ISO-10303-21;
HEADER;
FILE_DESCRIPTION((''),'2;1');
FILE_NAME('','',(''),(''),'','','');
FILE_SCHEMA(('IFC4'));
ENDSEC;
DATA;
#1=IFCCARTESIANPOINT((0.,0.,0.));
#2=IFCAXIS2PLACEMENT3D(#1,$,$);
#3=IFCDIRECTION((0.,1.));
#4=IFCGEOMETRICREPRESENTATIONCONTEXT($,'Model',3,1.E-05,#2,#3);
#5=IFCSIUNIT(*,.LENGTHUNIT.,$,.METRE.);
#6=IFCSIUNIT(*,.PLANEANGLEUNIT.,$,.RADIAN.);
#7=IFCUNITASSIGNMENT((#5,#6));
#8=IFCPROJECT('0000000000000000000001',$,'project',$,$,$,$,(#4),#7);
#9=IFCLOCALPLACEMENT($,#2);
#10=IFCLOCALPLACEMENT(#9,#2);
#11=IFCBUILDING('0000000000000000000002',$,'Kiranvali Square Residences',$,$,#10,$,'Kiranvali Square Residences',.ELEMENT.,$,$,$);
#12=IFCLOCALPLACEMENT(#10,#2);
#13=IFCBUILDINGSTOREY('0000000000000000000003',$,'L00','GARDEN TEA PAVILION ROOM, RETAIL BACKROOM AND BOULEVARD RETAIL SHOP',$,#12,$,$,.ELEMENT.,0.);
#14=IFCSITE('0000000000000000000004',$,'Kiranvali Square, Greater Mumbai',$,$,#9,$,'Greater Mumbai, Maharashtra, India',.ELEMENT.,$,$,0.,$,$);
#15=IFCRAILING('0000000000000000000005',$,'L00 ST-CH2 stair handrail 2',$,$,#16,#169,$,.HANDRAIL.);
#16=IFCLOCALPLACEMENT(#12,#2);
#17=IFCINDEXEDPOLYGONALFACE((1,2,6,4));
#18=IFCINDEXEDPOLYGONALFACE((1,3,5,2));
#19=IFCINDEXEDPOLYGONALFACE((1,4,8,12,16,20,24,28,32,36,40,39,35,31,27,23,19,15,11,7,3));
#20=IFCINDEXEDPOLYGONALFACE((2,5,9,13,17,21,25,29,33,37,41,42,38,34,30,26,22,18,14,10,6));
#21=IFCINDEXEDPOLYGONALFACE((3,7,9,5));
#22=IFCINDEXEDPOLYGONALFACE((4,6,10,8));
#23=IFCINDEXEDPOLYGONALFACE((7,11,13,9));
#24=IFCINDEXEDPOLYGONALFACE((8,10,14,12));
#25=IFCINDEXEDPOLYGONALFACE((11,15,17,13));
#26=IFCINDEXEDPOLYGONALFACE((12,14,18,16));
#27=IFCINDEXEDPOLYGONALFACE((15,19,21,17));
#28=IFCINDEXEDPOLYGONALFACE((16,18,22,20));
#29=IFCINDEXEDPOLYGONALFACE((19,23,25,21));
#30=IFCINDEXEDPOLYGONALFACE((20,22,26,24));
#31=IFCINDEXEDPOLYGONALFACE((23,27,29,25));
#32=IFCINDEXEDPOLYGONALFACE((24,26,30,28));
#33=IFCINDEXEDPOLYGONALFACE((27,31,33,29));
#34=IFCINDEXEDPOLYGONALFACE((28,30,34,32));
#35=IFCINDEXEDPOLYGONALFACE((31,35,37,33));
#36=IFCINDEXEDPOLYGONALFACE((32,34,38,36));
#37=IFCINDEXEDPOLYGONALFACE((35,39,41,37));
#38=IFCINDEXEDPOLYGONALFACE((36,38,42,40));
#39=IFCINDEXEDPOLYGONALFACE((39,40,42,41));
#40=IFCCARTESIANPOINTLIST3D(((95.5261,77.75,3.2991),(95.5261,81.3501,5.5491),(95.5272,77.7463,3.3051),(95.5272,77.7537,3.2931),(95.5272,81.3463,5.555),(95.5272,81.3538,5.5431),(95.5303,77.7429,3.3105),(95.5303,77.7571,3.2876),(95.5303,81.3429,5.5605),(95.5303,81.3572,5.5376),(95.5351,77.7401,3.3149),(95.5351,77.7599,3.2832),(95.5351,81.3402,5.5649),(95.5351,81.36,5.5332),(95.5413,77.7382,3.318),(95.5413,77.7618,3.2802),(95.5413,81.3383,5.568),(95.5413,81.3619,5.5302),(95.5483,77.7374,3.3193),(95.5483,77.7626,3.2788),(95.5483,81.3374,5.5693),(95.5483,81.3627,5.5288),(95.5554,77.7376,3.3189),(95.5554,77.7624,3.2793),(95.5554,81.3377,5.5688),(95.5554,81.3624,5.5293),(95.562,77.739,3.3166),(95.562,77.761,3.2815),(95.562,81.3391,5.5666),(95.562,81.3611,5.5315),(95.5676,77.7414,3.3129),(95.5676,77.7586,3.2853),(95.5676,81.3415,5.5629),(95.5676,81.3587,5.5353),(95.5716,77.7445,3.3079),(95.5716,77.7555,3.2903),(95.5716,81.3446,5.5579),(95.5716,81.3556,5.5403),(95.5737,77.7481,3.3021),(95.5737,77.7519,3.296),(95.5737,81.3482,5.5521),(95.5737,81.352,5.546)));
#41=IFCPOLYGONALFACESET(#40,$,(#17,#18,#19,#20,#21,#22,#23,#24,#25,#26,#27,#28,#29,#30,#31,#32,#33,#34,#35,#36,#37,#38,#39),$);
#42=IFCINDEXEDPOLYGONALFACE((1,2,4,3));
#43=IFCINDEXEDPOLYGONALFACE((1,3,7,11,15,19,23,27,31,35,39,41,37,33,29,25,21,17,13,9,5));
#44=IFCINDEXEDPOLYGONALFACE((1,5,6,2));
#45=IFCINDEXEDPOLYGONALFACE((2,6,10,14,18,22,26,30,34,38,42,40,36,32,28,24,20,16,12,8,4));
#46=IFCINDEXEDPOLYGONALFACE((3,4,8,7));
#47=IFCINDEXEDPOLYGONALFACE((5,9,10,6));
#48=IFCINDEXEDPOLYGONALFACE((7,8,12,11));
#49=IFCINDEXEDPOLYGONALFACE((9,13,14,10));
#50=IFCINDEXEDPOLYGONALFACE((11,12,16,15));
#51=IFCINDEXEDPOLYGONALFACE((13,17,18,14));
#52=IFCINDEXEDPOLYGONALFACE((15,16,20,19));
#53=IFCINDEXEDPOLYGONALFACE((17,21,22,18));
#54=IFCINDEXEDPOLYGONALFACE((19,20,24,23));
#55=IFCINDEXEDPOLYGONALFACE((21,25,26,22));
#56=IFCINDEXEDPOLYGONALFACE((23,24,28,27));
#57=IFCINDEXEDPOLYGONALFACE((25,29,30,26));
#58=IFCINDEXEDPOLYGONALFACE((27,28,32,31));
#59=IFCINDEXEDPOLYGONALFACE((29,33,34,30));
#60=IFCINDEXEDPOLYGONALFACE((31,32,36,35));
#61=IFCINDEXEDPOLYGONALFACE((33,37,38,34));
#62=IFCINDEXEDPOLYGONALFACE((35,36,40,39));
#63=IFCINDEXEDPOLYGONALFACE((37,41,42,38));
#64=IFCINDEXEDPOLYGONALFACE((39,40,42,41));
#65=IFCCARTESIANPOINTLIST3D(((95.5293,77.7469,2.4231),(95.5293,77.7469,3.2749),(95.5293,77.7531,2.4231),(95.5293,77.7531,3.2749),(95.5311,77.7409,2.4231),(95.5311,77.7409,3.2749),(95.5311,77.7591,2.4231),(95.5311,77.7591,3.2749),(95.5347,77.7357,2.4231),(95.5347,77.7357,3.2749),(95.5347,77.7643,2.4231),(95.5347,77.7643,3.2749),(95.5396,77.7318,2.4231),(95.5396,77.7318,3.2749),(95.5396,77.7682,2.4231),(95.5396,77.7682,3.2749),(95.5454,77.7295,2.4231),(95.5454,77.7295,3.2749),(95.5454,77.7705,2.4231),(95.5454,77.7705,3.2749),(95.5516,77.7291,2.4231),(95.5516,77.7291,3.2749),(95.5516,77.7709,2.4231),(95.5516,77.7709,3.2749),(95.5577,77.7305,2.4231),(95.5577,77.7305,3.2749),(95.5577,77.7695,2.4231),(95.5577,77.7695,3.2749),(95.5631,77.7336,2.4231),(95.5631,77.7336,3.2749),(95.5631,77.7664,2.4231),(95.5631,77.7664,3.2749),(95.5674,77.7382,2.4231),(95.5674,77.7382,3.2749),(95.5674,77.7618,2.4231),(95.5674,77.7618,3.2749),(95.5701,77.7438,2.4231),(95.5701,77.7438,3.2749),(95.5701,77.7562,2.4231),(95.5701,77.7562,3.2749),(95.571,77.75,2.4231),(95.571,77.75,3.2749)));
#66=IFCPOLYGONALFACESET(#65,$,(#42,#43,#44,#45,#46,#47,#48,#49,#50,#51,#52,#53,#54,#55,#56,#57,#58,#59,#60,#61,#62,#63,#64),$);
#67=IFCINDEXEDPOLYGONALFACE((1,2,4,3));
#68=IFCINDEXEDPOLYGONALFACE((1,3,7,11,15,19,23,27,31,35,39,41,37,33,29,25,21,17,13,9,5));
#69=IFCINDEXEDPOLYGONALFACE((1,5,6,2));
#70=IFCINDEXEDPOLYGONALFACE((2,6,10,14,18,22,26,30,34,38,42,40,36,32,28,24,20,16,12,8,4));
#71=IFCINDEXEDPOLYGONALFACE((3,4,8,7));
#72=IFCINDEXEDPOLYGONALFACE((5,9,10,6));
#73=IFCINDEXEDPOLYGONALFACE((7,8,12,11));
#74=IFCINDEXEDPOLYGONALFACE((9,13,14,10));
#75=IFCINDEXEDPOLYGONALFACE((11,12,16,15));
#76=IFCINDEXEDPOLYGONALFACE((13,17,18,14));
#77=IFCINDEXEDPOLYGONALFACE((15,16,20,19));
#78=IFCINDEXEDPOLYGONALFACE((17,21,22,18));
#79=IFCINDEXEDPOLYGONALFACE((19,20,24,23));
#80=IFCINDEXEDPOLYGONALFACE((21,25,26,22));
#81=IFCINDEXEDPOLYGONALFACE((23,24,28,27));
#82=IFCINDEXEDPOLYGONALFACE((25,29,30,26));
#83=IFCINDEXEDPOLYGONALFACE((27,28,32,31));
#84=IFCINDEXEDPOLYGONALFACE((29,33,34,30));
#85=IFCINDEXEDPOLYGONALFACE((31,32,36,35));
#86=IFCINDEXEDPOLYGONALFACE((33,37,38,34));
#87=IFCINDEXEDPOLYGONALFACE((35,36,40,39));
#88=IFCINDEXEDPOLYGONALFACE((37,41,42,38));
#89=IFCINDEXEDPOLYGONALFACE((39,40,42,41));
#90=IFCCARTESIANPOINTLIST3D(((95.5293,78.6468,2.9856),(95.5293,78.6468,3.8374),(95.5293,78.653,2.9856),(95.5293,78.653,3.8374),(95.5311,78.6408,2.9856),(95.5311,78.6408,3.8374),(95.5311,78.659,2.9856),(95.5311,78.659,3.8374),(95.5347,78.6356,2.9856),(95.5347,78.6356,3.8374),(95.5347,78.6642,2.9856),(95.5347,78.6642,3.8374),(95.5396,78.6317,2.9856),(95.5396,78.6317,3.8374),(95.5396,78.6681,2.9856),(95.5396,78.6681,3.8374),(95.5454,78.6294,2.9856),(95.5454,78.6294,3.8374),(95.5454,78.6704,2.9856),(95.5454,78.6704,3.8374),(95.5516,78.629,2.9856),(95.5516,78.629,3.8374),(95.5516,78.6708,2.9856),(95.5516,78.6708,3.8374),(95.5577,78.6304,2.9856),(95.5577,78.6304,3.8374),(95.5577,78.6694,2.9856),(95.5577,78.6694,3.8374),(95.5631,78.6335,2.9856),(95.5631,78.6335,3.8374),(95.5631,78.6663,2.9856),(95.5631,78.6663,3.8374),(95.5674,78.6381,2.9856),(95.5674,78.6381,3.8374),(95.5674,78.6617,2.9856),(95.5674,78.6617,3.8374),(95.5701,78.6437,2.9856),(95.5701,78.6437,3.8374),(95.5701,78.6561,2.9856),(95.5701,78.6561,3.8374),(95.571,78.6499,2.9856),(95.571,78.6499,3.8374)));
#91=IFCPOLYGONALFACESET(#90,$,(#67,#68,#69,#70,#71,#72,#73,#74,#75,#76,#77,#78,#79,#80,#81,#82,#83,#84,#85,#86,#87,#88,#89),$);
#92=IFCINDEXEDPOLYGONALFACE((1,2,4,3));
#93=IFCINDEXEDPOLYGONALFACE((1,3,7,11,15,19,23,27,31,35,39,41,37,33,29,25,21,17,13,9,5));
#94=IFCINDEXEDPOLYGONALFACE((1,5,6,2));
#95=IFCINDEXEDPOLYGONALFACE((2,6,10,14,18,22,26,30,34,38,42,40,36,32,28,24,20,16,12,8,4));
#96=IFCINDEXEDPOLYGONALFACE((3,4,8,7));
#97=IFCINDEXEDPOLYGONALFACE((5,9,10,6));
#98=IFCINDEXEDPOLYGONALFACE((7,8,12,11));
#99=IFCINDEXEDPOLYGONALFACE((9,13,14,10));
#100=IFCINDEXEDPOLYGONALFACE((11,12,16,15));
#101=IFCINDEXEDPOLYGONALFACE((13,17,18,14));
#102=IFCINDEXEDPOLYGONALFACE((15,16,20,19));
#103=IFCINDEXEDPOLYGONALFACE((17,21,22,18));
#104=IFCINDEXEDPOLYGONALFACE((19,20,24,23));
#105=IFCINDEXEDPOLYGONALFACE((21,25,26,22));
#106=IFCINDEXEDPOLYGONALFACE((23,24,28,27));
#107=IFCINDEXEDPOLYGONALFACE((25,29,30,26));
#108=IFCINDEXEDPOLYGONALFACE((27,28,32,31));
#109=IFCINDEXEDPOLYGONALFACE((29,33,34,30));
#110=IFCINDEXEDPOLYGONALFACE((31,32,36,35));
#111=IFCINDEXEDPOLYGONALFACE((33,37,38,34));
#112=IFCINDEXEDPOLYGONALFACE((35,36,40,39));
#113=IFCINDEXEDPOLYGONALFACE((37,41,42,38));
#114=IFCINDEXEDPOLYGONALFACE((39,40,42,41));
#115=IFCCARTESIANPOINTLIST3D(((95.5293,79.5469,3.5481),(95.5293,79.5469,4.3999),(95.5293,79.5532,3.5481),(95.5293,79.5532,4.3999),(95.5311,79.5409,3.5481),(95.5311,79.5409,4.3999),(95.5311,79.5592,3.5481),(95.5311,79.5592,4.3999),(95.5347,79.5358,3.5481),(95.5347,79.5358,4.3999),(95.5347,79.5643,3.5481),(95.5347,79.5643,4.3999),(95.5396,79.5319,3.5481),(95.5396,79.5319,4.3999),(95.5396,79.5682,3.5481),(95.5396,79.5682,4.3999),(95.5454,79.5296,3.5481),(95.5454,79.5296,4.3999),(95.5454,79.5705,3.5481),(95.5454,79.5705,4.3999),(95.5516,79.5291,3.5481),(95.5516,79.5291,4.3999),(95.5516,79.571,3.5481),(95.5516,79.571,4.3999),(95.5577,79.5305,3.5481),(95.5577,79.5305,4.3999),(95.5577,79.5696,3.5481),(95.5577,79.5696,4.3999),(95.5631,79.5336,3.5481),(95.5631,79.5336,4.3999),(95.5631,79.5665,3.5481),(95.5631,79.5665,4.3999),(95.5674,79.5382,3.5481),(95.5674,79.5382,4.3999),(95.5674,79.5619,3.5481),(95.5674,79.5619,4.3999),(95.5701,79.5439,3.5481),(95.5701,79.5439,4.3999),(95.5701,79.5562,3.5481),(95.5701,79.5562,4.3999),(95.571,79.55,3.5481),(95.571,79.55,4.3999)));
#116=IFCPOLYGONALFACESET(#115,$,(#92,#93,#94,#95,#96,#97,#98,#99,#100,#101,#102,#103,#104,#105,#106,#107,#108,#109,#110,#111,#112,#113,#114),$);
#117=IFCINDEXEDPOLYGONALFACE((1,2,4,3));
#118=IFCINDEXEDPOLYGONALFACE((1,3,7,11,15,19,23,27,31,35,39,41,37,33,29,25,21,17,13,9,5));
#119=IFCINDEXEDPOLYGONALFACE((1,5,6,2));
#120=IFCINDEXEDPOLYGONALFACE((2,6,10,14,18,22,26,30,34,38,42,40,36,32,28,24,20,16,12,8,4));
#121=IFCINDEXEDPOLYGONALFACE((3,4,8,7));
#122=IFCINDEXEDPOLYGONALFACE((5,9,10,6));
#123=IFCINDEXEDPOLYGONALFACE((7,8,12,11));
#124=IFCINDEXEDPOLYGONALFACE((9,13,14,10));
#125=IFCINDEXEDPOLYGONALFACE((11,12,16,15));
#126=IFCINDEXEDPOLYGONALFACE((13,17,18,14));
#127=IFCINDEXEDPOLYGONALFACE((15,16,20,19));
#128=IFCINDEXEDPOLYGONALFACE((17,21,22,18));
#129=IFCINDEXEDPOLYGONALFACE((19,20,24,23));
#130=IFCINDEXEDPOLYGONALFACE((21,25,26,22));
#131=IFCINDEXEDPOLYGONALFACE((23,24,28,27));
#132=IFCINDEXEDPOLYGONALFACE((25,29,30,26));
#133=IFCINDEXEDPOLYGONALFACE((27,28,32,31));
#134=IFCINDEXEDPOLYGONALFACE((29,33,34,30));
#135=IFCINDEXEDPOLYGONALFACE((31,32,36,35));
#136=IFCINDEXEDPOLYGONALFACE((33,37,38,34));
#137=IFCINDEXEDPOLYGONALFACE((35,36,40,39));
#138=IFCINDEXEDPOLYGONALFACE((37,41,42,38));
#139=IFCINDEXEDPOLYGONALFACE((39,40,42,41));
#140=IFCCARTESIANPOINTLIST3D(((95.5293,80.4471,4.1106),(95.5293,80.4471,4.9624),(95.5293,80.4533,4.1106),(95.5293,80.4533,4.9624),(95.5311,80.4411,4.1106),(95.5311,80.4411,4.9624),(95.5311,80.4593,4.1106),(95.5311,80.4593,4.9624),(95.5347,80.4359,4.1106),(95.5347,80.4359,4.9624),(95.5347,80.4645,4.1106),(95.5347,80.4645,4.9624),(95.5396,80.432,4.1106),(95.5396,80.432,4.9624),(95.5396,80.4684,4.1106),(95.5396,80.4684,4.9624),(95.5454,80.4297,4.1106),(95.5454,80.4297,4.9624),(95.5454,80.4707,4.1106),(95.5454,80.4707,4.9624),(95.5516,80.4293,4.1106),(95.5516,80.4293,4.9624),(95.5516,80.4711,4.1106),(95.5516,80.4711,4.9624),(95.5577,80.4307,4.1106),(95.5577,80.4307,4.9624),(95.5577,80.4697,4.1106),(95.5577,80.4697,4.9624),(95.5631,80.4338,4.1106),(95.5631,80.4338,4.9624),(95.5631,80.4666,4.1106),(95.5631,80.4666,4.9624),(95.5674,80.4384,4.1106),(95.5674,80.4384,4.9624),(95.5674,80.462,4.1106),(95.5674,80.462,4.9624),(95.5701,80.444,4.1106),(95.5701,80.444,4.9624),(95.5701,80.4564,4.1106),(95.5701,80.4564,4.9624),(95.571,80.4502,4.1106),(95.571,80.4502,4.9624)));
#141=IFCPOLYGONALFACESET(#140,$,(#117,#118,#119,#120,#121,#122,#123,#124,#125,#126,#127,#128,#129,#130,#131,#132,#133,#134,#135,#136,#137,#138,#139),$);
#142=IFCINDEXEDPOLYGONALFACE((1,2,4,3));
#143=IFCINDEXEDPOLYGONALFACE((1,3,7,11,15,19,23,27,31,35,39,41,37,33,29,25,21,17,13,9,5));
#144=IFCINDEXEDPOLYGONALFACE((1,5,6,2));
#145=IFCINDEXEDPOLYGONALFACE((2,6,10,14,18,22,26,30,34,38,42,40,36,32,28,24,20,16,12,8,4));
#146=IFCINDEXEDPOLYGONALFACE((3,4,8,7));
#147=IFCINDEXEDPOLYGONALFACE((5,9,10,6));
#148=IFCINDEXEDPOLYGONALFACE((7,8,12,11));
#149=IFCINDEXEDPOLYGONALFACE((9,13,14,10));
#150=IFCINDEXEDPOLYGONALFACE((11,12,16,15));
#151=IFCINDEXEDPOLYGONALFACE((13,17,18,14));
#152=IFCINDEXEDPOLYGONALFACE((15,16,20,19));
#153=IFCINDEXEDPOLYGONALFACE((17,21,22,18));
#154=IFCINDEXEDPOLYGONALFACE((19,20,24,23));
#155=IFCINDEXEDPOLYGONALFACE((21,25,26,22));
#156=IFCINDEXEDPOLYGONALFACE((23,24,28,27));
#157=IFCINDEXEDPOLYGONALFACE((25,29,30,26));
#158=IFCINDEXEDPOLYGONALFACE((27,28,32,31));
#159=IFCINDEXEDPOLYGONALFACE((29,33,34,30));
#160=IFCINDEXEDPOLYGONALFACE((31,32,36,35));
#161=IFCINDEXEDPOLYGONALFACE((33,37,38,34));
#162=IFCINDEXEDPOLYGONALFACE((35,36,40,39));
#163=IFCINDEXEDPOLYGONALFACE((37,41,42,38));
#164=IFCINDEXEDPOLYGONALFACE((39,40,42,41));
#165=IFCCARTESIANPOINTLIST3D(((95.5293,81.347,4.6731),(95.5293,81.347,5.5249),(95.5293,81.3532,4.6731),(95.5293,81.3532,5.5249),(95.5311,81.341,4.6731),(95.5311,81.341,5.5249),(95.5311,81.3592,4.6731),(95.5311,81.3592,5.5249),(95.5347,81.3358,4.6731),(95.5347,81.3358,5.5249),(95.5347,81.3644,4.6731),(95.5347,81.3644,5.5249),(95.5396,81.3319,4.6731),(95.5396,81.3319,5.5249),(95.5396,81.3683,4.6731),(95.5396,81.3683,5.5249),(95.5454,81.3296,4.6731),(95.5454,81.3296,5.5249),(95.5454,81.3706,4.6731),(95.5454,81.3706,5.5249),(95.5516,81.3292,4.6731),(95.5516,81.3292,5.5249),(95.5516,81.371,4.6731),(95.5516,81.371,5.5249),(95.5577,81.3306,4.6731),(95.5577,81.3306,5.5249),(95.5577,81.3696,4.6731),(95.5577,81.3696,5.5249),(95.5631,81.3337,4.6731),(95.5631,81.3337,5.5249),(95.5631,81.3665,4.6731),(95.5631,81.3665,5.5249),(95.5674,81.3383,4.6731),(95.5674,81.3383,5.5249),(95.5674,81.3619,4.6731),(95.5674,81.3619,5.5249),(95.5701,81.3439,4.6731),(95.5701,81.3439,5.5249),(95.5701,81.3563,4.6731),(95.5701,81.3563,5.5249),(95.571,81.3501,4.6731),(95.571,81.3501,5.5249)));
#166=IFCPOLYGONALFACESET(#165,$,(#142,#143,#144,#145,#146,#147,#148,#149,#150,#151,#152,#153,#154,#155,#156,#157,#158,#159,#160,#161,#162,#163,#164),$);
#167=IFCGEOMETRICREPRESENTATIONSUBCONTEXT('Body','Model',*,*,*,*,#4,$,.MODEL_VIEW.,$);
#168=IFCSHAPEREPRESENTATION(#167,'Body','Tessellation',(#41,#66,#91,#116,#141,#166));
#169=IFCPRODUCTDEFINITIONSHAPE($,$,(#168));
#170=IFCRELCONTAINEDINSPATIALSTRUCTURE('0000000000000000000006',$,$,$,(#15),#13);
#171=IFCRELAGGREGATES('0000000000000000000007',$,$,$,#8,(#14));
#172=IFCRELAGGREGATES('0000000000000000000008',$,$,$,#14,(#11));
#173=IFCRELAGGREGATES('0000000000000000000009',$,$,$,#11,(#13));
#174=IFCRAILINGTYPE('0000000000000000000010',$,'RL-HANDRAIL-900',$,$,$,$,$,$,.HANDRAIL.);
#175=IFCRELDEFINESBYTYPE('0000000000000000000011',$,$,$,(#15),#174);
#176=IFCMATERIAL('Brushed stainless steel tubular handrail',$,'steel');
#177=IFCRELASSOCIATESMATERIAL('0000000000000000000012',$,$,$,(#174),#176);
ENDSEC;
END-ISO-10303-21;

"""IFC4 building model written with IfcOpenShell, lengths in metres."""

from ifc_helpers import new_model, si_unit, direction, frame, origin, origin_2d, place, context, subcontext, project, spatial, circle, extrude, material, type_object, element, save


model = new_model("IFC4")

# Units and contexts
model_context = context("Model", 3, precision=1e-05, world=origin(), true_north=direction((0.0, 1.0)))
body_context = subcontext(model_context, "Body", "Model", "MODEL_VIEW")
ifc_project = project(units=[si_unit("LENGTHUNIT", "METRE"), si_unit("PLANEANGLEUNIT", "RADIAN")], contexts=[model_context])

# Site, building, storey
site_placement = place(None, origin())
site = spatial("IfcSite", under=ifc_project, at=site_placement, Name="Kiranvali Square, Greater Mumbai", LongName="Greater Mumbai, Maharashtra, India", CompositionType="ELEMENT", RefElevation=0.0)
building_placement = place(site_placement, origin())
building = spatial("IfcBuilding", under=site, at=building_placement, Name="Kiranvali Square Residences", LongName="Kiranvali Square Residences", CompositionType="ELEMENT")
storey_placement = place(building_placement, origin())
storey = spatial("IfcBuildingStorey", under=building, at=storey_placement, Name="L00", Description="GARDEN TEA PAVILION ROOM, RETAIL BACKROOM AND BOULEVARD RETAIL SHOP", CompositionType="ELEMENT", Elevation=0.0)

# Railing
ifc_material_1 = material(Name="Brushed stainless steel tubular handrail", Category="steel")
railing_type_1 = type_object("IfcRailingType", Name="RL-HANDRAIL-900", PredefinedType="HANDRAIL", material=ifc_material_1)
railing_1_placement = place(storey_placement, frame((95.55, 77.75, 2.4231)))
element("IfcRailing", 1, at=railing_1_placement, inside=storey, type_object=railing_type_1, Name="L00 ST-CH2 stair handrail 2", PredefinedType="HANDRAIL", context=body_context, shape_type="SweptSolid", body=[
    extrude(circle(Radius=0.0239, at=origin_2d()), frame((0.0, 0.0, 0.876), z_axis=(0.0, 0.848005, 0.529989), x_axis=(-1.0, 0.0, 0.0)), (0.0, 0.0, 1.0), 4.2454),
    extrude(circle(Radius=0.021, at=origin_2d()), origin(), (0.0, 0.0, 1.0), 0.8518),
    extrude(circle(Radius=0.021, at=origin_2d()), frame((0.0, 0.8999, 0.5625)), (0.0, 0.0, 1.0), 0.8518),
    extrude(circle(Radius=0.021, at=origin_2d()), frame((0.0, 1.8, 1.125)), (0.0, 0.0, 1.0), 0.8518),
    extrude(circle(Radius=0.021, at=origin_2d()), frame((0.0, 2.7002, 1.6875)), (0.0, 0.0, 1.0), 0.8518),
    extrude(circle(Radius=0.021, at=origin_2d()), frame((0.0, 3.6001, 2.25)), (0.0, 0.0, 1.0), 0.8518),
])

save(model, "model.ifc")
